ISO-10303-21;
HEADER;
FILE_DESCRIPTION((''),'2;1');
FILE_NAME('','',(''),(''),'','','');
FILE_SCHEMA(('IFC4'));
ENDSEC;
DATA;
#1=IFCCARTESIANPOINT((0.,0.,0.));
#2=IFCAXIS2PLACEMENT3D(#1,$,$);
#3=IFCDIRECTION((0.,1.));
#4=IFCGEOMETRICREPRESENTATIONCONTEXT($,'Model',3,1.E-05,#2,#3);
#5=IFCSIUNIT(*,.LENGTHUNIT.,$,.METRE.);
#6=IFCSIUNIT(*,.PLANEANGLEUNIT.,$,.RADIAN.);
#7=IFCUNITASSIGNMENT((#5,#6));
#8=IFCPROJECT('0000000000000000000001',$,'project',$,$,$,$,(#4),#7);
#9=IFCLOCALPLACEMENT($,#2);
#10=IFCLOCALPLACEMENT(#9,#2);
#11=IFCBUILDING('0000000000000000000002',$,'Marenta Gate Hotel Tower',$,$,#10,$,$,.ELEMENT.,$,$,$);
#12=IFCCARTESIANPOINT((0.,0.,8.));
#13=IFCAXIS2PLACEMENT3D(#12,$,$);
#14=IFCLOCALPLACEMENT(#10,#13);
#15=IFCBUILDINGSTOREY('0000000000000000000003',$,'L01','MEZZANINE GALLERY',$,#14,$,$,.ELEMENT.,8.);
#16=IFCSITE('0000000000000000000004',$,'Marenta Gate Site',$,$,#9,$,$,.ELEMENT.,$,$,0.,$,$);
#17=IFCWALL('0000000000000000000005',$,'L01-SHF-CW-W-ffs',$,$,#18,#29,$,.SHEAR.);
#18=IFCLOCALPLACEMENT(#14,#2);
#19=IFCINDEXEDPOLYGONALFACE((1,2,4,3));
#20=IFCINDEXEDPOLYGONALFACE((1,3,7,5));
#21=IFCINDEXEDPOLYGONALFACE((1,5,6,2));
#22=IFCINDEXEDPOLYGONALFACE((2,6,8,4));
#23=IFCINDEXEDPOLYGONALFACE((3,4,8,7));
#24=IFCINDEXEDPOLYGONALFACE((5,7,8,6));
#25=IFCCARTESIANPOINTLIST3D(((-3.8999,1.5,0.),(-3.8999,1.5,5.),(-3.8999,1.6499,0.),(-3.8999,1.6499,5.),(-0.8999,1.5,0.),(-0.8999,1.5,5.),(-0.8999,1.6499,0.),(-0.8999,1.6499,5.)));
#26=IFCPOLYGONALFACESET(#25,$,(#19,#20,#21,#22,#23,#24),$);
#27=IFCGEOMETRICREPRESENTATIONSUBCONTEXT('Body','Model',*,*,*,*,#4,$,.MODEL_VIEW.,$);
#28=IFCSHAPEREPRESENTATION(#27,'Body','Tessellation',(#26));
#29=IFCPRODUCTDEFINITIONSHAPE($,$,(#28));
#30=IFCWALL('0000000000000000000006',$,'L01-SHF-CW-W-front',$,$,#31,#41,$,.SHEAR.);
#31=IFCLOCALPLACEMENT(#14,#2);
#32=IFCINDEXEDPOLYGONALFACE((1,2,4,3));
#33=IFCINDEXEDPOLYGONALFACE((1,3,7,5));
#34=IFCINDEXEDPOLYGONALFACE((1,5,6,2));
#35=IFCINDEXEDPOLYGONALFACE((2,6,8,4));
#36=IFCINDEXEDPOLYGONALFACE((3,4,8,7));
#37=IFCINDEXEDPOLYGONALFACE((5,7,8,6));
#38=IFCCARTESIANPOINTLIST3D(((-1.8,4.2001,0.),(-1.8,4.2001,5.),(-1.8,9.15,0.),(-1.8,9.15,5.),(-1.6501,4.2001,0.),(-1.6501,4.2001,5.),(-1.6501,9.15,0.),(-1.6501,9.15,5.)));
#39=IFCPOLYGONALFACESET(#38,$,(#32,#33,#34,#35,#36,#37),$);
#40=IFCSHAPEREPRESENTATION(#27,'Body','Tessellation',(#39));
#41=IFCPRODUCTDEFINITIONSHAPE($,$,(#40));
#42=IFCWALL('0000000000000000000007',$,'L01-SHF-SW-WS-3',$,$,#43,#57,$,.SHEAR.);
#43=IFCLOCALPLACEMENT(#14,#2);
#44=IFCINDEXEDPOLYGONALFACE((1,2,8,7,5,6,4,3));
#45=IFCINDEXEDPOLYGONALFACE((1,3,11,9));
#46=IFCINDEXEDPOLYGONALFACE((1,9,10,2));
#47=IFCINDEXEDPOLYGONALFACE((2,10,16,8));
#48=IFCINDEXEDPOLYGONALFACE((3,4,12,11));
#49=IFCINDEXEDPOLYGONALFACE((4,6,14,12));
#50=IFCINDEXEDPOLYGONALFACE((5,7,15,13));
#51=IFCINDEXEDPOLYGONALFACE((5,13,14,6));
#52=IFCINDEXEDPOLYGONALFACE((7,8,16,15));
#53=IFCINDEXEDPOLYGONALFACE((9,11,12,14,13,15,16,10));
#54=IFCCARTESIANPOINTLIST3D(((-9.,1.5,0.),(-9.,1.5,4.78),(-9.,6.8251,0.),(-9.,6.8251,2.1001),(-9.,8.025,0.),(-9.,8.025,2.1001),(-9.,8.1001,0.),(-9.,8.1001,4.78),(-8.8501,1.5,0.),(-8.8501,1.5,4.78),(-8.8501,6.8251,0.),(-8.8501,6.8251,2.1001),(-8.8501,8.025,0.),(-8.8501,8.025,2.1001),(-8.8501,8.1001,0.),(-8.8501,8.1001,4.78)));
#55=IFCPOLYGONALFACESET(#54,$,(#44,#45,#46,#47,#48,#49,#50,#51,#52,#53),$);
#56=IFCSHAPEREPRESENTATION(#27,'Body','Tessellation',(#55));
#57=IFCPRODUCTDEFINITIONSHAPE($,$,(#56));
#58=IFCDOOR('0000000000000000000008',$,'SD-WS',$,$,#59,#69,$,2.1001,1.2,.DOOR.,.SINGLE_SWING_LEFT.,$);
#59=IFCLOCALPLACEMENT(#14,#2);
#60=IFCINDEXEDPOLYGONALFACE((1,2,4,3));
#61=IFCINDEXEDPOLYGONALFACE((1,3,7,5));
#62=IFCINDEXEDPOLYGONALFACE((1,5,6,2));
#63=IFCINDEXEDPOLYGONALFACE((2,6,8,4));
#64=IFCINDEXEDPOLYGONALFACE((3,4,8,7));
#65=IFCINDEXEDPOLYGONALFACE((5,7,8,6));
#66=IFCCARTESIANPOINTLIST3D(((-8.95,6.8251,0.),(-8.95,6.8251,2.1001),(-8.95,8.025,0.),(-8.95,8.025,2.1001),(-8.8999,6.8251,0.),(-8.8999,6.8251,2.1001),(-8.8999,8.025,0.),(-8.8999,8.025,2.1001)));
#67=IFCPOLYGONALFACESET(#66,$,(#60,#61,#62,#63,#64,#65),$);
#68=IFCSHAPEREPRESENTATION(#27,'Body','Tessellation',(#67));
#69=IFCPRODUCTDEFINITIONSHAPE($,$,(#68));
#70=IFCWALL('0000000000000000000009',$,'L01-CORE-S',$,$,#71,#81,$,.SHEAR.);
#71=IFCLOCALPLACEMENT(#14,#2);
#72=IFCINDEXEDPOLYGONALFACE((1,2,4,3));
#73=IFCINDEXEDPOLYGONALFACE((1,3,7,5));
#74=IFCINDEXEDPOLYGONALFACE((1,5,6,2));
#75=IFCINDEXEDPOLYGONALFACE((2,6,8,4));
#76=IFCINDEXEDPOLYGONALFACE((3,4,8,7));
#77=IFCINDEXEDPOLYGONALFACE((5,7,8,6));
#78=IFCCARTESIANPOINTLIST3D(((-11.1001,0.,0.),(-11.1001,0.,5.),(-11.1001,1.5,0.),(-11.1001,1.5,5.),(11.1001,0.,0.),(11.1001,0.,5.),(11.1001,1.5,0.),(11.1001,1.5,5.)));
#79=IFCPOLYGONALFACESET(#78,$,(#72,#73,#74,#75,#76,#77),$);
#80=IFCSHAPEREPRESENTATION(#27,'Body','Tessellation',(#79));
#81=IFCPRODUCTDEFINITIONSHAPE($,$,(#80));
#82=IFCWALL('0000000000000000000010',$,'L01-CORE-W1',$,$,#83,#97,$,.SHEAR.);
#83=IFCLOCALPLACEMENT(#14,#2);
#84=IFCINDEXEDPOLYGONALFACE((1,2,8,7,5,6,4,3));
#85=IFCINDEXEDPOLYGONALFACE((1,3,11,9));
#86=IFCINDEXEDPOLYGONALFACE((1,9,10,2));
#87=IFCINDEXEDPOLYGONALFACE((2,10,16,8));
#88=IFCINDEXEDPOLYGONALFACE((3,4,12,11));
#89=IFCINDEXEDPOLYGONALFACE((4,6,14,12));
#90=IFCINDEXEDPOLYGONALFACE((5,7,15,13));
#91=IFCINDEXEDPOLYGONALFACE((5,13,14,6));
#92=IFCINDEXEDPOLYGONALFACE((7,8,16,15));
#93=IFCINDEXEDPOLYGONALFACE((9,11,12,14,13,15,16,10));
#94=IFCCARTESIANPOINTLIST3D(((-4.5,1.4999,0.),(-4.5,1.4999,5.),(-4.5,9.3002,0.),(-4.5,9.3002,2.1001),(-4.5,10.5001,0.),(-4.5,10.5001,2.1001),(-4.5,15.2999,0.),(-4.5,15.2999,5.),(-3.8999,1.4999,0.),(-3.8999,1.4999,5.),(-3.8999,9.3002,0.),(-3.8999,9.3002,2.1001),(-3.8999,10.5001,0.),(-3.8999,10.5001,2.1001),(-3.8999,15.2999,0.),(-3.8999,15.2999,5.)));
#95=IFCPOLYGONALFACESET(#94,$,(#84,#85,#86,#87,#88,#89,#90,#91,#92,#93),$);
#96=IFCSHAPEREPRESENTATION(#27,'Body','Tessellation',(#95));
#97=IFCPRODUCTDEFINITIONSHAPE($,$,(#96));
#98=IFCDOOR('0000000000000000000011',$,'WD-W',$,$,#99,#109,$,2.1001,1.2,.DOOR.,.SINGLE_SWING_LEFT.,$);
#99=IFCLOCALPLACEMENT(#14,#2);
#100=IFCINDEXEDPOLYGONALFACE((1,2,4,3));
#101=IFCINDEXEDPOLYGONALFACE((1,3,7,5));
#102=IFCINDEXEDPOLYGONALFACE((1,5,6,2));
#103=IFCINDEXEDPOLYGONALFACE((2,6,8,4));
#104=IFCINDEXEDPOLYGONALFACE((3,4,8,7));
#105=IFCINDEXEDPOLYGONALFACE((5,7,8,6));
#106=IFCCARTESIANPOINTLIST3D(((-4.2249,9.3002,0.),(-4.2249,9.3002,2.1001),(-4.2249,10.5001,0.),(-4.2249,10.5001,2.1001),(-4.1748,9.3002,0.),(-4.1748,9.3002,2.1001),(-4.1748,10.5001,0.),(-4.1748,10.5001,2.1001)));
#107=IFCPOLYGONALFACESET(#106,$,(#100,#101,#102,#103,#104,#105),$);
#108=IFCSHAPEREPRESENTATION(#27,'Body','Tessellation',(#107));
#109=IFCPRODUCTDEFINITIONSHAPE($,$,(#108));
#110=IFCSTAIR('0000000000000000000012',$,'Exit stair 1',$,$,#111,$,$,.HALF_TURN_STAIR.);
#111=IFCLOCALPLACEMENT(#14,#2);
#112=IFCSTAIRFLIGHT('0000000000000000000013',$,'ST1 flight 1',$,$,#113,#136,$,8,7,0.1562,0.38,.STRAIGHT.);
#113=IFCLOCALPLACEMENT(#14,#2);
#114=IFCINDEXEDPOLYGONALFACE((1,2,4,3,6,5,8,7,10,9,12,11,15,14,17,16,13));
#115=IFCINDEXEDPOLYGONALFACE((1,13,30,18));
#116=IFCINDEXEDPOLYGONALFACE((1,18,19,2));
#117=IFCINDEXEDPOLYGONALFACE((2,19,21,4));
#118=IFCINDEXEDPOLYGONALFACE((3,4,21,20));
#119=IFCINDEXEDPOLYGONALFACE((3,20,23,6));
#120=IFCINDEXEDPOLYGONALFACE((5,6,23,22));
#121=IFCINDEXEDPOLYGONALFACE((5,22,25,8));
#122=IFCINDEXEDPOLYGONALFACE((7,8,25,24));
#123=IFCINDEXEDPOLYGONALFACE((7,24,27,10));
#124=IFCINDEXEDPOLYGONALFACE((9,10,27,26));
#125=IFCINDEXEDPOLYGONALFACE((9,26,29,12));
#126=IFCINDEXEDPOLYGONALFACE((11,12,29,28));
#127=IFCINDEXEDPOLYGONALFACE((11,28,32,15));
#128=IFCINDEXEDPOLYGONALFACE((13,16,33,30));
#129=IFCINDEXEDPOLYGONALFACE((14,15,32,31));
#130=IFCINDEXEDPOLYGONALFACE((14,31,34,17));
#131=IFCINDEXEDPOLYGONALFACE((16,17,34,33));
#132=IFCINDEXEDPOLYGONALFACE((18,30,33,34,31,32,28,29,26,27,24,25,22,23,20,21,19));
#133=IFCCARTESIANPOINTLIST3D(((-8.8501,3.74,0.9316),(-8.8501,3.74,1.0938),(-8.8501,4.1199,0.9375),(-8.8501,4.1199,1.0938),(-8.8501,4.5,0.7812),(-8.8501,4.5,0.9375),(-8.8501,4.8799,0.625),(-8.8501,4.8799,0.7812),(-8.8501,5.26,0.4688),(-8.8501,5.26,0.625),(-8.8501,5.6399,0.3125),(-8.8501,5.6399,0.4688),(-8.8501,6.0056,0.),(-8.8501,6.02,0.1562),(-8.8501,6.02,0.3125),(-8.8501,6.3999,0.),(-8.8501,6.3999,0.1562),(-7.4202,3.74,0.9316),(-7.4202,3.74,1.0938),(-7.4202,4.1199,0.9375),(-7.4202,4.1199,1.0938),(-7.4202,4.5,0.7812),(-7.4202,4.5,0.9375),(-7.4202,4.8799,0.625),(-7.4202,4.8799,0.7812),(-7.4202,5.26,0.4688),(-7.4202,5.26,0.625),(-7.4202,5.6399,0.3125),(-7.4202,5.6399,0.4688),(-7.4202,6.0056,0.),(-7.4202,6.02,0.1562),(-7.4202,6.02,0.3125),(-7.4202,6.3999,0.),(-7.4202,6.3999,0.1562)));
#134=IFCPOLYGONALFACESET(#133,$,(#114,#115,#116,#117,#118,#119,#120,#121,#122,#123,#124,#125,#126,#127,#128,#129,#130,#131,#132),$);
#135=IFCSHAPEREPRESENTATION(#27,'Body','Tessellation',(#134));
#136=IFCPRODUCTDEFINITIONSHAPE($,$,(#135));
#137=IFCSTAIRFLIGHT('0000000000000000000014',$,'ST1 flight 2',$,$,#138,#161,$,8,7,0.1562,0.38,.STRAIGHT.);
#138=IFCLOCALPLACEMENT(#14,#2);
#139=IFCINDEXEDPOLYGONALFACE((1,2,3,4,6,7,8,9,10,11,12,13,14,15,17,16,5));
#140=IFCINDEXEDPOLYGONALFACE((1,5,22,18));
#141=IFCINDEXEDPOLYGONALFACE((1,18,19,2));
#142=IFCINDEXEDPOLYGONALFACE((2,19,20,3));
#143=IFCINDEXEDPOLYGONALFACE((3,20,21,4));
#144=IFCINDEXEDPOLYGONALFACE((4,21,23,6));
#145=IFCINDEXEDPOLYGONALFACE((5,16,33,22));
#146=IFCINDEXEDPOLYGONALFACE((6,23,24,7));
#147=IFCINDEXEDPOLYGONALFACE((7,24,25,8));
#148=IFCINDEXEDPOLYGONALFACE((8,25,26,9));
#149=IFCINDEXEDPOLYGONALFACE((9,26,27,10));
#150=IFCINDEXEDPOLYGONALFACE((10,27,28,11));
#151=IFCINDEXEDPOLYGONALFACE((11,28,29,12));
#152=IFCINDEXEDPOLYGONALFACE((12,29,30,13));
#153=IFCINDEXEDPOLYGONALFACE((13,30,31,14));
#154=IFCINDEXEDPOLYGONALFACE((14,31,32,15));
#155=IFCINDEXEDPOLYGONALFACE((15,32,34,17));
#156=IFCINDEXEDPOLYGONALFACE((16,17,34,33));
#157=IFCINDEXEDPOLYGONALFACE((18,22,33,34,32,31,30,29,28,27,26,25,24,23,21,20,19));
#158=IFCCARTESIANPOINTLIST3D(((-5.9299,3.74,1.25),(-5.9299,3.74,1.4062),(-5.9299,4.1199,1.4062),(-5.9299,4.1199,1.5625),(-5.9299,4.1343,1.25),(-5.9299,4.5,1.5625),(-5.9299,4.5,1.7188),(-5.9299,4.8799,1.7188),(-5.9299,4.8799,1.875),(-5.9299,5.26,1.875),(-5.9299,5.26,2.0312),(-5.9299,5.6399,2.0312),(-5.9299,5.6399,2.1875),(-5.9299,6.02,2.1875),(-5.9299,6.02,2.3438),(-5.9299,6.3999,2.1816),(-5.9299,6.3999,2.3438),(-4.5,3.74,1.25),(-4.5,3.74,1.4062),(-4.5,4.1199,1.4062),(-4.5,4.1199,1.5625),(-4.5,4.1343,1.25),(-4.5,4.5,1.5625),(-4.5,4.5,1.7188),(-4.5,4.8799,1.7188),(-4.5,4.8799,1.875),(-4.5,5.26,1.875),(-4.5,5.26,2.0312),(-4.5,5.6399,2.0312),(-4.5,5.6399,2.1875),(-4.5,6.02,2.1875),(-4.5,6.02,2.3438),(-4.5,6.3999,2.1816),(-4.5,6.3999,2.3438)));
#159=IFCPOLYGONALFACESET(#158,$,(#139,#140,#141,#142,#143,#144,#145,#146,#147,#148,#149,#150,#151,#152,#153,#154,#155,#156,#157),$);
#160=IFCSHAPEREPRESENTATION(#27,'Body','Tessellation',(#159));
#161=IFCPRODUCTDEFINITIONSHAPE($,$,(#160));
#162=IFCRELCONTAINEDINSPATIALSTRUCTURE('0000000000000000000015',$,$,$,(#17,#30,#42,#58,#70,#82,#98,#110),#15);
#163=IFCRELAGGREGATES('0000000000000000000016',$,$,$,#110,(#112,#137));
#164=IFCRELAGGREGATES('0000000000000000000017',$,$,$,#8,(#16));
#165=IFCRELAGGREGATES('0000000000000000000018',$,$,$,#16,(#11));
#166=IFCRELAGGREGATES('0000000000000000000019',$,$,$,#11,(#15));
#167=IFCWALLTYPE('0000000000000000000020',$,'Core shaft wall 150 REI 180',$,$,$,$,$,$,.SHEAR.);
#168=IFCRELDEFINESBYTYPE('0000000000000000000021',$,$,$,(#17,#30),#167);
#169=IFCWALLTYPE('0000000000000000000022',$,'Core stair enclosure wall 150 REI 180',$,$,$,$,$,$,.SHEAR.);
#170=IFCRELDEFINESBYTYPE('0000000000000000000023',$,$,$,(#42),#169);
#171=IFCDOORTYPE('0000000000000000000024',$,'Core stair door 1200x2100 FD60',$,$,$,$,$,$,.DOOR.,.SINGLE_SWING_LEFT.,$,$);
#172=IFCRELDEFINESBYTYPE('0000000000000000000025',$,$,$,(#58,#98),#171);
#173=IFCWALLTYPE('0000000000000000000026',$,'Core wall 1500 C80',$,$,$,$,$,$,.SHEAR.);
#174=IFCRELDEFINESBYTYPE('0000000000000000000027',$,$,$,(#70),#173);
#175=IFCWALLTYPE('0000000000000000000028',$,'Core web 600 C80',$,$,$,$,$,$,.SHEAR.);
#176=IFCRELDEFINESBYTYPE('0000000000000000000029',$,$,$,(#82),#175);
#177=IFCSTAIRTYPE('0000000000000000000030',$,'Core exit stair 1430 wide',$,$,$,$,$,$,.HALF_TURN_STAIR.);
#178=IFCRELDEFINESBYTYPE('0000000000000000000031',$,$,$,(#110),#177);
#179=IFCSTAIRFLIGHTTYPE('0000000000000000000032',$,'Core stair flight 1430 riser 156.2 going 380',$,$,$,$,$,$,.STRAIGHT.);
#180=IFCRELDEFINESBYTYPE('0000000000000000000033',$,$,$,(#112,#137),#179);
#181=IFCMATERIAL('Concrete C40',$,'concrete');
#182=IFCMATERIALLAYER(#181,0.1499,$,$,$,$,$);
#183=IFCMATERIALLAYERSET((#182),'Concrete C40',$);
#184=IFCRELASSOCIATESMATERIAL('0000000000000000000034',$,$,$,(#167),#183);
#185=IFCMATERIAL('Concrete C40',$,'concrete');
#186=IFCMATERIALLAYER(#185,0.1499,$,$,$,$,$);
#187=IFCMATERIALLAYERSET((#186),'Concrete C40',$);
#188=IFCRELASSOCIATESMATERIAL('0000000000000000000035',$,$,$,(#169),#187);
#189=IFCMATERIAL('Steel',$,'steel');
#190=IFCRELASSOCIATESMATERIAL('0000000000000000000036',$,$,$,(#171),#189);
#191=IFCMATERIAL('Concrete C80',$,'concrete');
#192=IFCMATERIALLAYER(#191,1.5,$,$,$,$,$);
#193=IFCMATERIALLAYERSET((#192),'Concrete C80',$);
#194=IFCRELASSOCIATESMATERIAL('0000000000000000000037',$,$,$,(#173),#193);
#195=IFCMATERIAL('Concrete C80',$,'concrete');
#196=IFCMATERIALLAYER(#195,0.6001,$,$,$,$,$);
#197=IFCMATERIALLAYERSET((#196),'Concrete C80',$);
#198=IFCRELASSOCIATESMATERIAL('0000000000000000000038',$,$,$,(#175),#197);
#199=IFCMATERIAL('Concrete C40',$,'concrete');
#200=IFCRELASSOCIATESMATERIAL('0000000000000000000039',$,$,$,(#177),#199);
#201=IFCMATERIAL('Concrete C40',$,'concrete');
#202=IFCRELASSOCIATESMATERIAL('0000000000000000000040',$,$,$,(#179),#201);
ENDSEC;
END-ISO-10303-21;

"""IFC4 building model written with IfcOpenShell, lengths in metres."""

from ifc_helpers import new_model, si_unit, direction, frame, frame_2d, origin, place, context, subcontext, project, spatial, polyline, rectangle, outline, extrude, material, layer, layer_set, type_object, element, fill, aggregate, save


model = new_model("IFC4")

# Units and contexts
model_context = context("Model", 3, precision=1e-05, world=origin(), true_north=direction((0.0, 1.0)))
body_context = subcontext(model_context, "Body", "Model", "MODEL_VIEW")
ifc_project = project(units=[si_unit("LENGTHUNIT", "METRE"), si_unit("PLANEANGLEUNIT", "RADIAN")], contexts=[model_context])

# Site, building, storey
site_placement = place(None, origin())
site = spatial("IfcSite", under=ifc_project, at=site_placement, Name="Marenta Gate Site", CompositionType="ELEMENT", RefElevation=0.0)
building_placement = place(site_placement, origin())
building = spatial("IfcBuilding", under=site, at=building_placement, Name="Marenta Gate Hotel Tower", CompositionType="ELEMENT")
storey_placement = place(building_placement, frame((0.0, 0.0, 8.0)))
storey = spatial("IfcBuildingStorey", under=building, at=storey_placement, Name="L01", Description="MEZZANINE GALLERY", CompositionType="ELEMENT", Elevation=8.0)

# Shared definitions
ifc_material_1 = material(Name="Concrete C40", Category="concrete")
ifc_layer_1 = layer(ifc_material_1, 0.1499)
ifc_layer_set_1 = layer_set([ifc_layer_1], Name="Concrete C40")
wall_type_1 = type_object("IfcWallType", Name="Core shaft wall 150 REI 180", PredefinedType="SHEAR", material=ifc_layer_set_1)

# Walls
wall_1_placement = place(storey_placement, frame((-3.8999, 1.575, 0.0), z_axis=(0.0, 0.0, 1.0), x_axis=(1.0, 0.0, 0.0)))
element("IfcWall", 1, at=wall_1_placement, inside=storey, type_object=wall_type_1, Name="L01-SHF-CW-W-ffs", PredefinedType="SHEAR", context=body_context, shape_type="SweptSolid", body=[
    extrude(rectangle(XDim=3.0, YDim=0.1499, at=frame_2d((1.5, 0.0))), origin(), (0.0, 0.0, 1.0), 5.0),
])
wall_2_placement = place(storey_placement, frame((-1.7251, 4.2, 0.0), z_axis=(0.0, 0.0, 1.0), x_axis=(0.0, 1.0, 0.0)))
element("IfcWall", 2, at=wall_2_placement, inside=storey, type_object=wall_type_1, Name="L01-SHF-CW-W-front", PredefinedType="SHEAR", context=body_context, shape_type="SweptSolid", body=[
    extrude(rectangle(XDim=4.95, YDim=0.1499, at=frame_2d((2.4751, 0.0))), origin(), (0.0, 0.0, 1.0), 5.0),
])

# Wall, opening, door
ifc_material_2 = material(Name="Concrete C40", Category="concrete")
ifc_layer_2 = layer(ifc_material_2, 0.1499)
ifc_layer_set_2 = layer_set([ifc_layer_2], Name="Concrete C40")
wall_type_2 = type_object("IfcWallType", Name="Core stair enclosure wall 150 REI 180", PredefinedType="SHEAR", material=ifc_layer_set_2)
wall_3_placement = place(storey_placement, frame((-8.925, 1.5, 0.0), z_axis=(0.0, 0.0, 1.0), x_axis=(0.0, 1.0, 0.0)))
wall_3 = element("IfcWall", 3, at=wall_3_placement, inside=storey, type_object=wall_type_2, Name="L01-SHF-SW-WS-3", PredefinedType="SHEAR", context=body_context, shape_type="SweptSolid", body=[
    extrude(rectangle(XDim=6.6001, YDim=0.1499, at=frame_2d((3.3, 0.0))), origin(), (0.0, 0.0, 1.0), 4.78),
])
opening_1_placement = place(wall_3_placement, frame((5.325, 0.0, 0.0)))
opening_1 = element("IfcOpeningElement", 4, at=opening_1_placement, cuts=wall_3, PredefinedType="OPENING", context=body_context, shape_type="SweptSolid", body=[
    extrude(rectangle(XDim=1.2, YDim=2.1001, at=frame_2d((0.6001, 1.05))), frame((0.0, 0.075, 0.0), z_axis=(0.0, -1.0, 0.0), x_axis=(1.0, 0.0, 0.0)), (0.0, 0.0, 1.0), 0.1499),
])
ifc_material_3 = material(Name="Steel", Category="steel")
door_type_1 = type_object("IfcDoorType", Name="Core stair door 1200x2100 FD60", OperationType="SINGLE_SWING_LEFT", PredefinedType="DOOR", material=ifc_material_3)
door_1_placement = place(opening_1_placement, origin())
door_1 = element("IfcDoor", 5, at=door_1_placement, inside=storey, type_object=door_type_1, Name="SD-WS", OperationType="SINGLE_SWING_LEFT", OverallHeight=2.1001, OverallWidth=1.2, PredefinedType="DOOR", context=body_context, shape_type="SweptSolid", body=[
    extrude(rectangle(XDim=1.2, YDim=2.1001, at=frame_2d((0.6001, 1.05))), frame((0.0, 0.0249, 0.0), z_axis=(0.0, -1.0, 0.0), x_axis=(1.0, 0.0, 0.0)), (0.0, 0.0, 1.0), 0.05),
])
fill(opening_1, door_1)

# Wall
ifc_material_4 = material(Name="Concrete C80", Category="concrete")
ifc_layer_3 = layer(ifc_material_4, 1.5)
ifc_layer_set_3 = layer_set([ifc_layer_3], Name="Concrete C80")
wall_type_3 = type_object("IfcWallType", Name="Core wall 1500 C80", PredefinedType="SHEAR", material=ifc_layer_set_3)
wall_4_placement = place(storey_placement, frame((-11.1001, 0.75, 0.0), z_axis=(0.0, 0.0, 1.0), x_axis=(1.0, 0.0, 0.0)))
element("IfcWall", 6, at=wall_4_placement, inside=storey, type_object=wall_type_3, Name="L01-CORE-S", PredefinedType="SHEAR", context=body_context, shape_type="SweptSolid", body=[
    extrude(rectangle(XDim=22.2002, YDim=1.5, at=frame_2d((11.1001, 0.0))), origin(), (0.0, 0.0, 1.0), 5.0),
])

# Wall, opening, door
ifc_material_5 = material(Name="Concrete C80", Category="concrete")
ifc_layer_4 = layer(ifc_material_5, 0.6001)
ifc_layer_set_4 = layer_set([ifc_layer_4], Name="Concrete C80")
wall_type_4 = type_object("IfcWallType", Name="Core web 600 C80", PredefinedType="SHEAR", material=ifc_layer_set_4)
wall_5_placement = place(storey_placement, frame((-4.2, 1.5, 0.0), z_axis=(0.0, 0.0, 1.0), x_axis=(0.0, 1.0, 0.0)))
wall_5 = element("IfcWall", 7, at=wall_5_placement, inside=storey, type_object=wall_type_4, Name="L01-CORE-W1", PredefinedType="SHEAR", context=body_context, shape_type="SweptSolid", body=[
    extrude(rectangle(XDim=13.8, YDim=0.6001, at=frame_2d((6.8999, 0.0))), origin(), (0.0, 0.0, 1.0), 5.0),
])
opening_2_placement = place(wall_5_placement, frame((7.8, 0.0, 0.0)))
opening_2 = element("IfcOpeningElement", 8, at=opening_2_placement, cuts=wall_5, PredefinedType="OPENING", context=body_context, shape_type="SweptSolid", body=[
    extrude(rectangle(XDim=1.2, YDim=2.1001, at=frame_2d((0.6001, 1.05))), frame((0.0, 0.3, 0.0), z_axis=(0.0, -1.0, 0.0), x_axis=(1.0, 0.0, 0.0)), (0.0, 0.0, 1.0), 0.6001),
])
door_2_placement = place(opening_2_placement, origin())
door_2 = element("IfcDoor", 9, at=door_2_placement, inside=storey, type_object=door_type_1, Name="WD-W", OperationType="SINGLE_SWING_LEFT", OverallHeight=2.1001, OverallWidth=1.2, PredefinedType="DOOR", context=body_context, shape_type="SweptSolid", body=[
    extrude(rectangle(XDim=1.2, YDim=2.1001, at=frame_2d((0.6001, 1.05))), frame((0.0, 0.0249, 0.0), z_axis=(0.0, -1.0, 0.0), x_axis=(1.0, 0.0, 0.0)), (0.0, 0.0, 1.0), 0.05),
])
fill(opening_2, door_2)

# Stair, stair flights
ifc_material_6 = material(Name="Concrete C40", Category="concrete")
stair_type = type_object("IfcStairType", Name="Core exit stair 1430 wide", PredefinedType="HALF_TURN_STAIR", material=ifc_material_6)
stair_placement = place(storey_placement, origin())
stair = element("IfcStair", 10, at=stair_placement, inside=storey, type_object=stair_type, Name="Exit stair 1", PredefinedType="HALF_TURN_STAIR")
ifc_material_7 = material(Name="Concrete C40", Category="concrete")
stair_flight_type = type_object("IfcStairFlightType", Name="Core stair flight 1430 riser 156.2 going 380", PredefinedType="STRAIGHT", material=ifc_material_7)
stair_flight_1_placement = place(storey_placement, frame((-8.135, 6.3999, 0.0), z_axis=(0.0, 0.0, 1.0), x_axis=(0.0, -1.0, 0.0)))
stair_flight_1 = element("IfcStairFlight", 11, at=stair_flight_1_placement, type_object=stair_flight_type, Name="ST1 flight 1", NumberOfRisers=8, NumberOfTreads=7, PredefinedType="STRAIGHT", RiserHeight=0.1562, TreadLength=0.38, context=body_context, shape_type="SweptSolid", body=[
    extrude(outline(polyline([(0.0, 0.0), (0.0, 0.1562), (0.3799, 0.1562), (0.3799, 0.3125), (0.76, 0.3125), (0.76, 0.4688), (1.1399, 0.4688), (1.1399, 0.625), (1.52, 0.625), (1.52, 0.7812), (1.8999, 0.7812), (1.8999, 0.9375), (2.28, 0.9375), (2.28, 1.0938), (2.6599, 1.0938), (2.6599, 1.25), (2.6599, 0.9316), (0.3943, 0.0), (0.0, 0.0)])), frame((0.0, 0.7148, 0.0), z_axis=(0.0, -1.0, 0.0), x_axis=(1.0, 0.0, 0.0)), (0.0, 0.0, 1.0), 1.4299),
])
stair_flight_2_placement = place(storey_placement, frame((-5.2151, 3.74, 1.25), z_axis=(0.0, 0.0, 1.0), x_axis=(0.0, 1.0, 0.0)))
stair_flight_2 = element("IfcStairFlight", 12, at=stair_flight_2_placement, type_object=stair_flight_type, Name="ST1 flight 2", NumberOfRisers=8, NumberOfTreads=7, PredefinedType="STRAIGHT", RiserHeight=0.1562, TreadLength=0.38, context=body_context, shape_type="SweptSolid", body=[
    extrude(outline(polyline([(0.0, 0.0), (0.0, 0.1562), (0.3799, 0.1562), (0.3799, 0.3125), (0.76, 0.3125), (0.76, 0.4688), (1.1399, 0.4688), (1.1399, 0.625), (1.52, 0.625), (1.52, 0.7812), (1.8999, 0.7812), (1.8999, 0.9375), (2.28, 0.9375), (2.28, 1.0938), (2.6599, 1.0938), (2.6599, 1.25), (2.6599, 0.9316), (0.3943, 0.0), (0.0, 0.0)])), frame((0.0, 0.7148, 0.0), z_axis=(0.0, -1.0, 0.0), x_axis=(1.0, 0.0, 0.0)), (0.0, 0.0, 1.0), 1.4299),
])
aggregate(stair, [stair_flight_1, stair_flight_2])

save(model, "model.ifc")
